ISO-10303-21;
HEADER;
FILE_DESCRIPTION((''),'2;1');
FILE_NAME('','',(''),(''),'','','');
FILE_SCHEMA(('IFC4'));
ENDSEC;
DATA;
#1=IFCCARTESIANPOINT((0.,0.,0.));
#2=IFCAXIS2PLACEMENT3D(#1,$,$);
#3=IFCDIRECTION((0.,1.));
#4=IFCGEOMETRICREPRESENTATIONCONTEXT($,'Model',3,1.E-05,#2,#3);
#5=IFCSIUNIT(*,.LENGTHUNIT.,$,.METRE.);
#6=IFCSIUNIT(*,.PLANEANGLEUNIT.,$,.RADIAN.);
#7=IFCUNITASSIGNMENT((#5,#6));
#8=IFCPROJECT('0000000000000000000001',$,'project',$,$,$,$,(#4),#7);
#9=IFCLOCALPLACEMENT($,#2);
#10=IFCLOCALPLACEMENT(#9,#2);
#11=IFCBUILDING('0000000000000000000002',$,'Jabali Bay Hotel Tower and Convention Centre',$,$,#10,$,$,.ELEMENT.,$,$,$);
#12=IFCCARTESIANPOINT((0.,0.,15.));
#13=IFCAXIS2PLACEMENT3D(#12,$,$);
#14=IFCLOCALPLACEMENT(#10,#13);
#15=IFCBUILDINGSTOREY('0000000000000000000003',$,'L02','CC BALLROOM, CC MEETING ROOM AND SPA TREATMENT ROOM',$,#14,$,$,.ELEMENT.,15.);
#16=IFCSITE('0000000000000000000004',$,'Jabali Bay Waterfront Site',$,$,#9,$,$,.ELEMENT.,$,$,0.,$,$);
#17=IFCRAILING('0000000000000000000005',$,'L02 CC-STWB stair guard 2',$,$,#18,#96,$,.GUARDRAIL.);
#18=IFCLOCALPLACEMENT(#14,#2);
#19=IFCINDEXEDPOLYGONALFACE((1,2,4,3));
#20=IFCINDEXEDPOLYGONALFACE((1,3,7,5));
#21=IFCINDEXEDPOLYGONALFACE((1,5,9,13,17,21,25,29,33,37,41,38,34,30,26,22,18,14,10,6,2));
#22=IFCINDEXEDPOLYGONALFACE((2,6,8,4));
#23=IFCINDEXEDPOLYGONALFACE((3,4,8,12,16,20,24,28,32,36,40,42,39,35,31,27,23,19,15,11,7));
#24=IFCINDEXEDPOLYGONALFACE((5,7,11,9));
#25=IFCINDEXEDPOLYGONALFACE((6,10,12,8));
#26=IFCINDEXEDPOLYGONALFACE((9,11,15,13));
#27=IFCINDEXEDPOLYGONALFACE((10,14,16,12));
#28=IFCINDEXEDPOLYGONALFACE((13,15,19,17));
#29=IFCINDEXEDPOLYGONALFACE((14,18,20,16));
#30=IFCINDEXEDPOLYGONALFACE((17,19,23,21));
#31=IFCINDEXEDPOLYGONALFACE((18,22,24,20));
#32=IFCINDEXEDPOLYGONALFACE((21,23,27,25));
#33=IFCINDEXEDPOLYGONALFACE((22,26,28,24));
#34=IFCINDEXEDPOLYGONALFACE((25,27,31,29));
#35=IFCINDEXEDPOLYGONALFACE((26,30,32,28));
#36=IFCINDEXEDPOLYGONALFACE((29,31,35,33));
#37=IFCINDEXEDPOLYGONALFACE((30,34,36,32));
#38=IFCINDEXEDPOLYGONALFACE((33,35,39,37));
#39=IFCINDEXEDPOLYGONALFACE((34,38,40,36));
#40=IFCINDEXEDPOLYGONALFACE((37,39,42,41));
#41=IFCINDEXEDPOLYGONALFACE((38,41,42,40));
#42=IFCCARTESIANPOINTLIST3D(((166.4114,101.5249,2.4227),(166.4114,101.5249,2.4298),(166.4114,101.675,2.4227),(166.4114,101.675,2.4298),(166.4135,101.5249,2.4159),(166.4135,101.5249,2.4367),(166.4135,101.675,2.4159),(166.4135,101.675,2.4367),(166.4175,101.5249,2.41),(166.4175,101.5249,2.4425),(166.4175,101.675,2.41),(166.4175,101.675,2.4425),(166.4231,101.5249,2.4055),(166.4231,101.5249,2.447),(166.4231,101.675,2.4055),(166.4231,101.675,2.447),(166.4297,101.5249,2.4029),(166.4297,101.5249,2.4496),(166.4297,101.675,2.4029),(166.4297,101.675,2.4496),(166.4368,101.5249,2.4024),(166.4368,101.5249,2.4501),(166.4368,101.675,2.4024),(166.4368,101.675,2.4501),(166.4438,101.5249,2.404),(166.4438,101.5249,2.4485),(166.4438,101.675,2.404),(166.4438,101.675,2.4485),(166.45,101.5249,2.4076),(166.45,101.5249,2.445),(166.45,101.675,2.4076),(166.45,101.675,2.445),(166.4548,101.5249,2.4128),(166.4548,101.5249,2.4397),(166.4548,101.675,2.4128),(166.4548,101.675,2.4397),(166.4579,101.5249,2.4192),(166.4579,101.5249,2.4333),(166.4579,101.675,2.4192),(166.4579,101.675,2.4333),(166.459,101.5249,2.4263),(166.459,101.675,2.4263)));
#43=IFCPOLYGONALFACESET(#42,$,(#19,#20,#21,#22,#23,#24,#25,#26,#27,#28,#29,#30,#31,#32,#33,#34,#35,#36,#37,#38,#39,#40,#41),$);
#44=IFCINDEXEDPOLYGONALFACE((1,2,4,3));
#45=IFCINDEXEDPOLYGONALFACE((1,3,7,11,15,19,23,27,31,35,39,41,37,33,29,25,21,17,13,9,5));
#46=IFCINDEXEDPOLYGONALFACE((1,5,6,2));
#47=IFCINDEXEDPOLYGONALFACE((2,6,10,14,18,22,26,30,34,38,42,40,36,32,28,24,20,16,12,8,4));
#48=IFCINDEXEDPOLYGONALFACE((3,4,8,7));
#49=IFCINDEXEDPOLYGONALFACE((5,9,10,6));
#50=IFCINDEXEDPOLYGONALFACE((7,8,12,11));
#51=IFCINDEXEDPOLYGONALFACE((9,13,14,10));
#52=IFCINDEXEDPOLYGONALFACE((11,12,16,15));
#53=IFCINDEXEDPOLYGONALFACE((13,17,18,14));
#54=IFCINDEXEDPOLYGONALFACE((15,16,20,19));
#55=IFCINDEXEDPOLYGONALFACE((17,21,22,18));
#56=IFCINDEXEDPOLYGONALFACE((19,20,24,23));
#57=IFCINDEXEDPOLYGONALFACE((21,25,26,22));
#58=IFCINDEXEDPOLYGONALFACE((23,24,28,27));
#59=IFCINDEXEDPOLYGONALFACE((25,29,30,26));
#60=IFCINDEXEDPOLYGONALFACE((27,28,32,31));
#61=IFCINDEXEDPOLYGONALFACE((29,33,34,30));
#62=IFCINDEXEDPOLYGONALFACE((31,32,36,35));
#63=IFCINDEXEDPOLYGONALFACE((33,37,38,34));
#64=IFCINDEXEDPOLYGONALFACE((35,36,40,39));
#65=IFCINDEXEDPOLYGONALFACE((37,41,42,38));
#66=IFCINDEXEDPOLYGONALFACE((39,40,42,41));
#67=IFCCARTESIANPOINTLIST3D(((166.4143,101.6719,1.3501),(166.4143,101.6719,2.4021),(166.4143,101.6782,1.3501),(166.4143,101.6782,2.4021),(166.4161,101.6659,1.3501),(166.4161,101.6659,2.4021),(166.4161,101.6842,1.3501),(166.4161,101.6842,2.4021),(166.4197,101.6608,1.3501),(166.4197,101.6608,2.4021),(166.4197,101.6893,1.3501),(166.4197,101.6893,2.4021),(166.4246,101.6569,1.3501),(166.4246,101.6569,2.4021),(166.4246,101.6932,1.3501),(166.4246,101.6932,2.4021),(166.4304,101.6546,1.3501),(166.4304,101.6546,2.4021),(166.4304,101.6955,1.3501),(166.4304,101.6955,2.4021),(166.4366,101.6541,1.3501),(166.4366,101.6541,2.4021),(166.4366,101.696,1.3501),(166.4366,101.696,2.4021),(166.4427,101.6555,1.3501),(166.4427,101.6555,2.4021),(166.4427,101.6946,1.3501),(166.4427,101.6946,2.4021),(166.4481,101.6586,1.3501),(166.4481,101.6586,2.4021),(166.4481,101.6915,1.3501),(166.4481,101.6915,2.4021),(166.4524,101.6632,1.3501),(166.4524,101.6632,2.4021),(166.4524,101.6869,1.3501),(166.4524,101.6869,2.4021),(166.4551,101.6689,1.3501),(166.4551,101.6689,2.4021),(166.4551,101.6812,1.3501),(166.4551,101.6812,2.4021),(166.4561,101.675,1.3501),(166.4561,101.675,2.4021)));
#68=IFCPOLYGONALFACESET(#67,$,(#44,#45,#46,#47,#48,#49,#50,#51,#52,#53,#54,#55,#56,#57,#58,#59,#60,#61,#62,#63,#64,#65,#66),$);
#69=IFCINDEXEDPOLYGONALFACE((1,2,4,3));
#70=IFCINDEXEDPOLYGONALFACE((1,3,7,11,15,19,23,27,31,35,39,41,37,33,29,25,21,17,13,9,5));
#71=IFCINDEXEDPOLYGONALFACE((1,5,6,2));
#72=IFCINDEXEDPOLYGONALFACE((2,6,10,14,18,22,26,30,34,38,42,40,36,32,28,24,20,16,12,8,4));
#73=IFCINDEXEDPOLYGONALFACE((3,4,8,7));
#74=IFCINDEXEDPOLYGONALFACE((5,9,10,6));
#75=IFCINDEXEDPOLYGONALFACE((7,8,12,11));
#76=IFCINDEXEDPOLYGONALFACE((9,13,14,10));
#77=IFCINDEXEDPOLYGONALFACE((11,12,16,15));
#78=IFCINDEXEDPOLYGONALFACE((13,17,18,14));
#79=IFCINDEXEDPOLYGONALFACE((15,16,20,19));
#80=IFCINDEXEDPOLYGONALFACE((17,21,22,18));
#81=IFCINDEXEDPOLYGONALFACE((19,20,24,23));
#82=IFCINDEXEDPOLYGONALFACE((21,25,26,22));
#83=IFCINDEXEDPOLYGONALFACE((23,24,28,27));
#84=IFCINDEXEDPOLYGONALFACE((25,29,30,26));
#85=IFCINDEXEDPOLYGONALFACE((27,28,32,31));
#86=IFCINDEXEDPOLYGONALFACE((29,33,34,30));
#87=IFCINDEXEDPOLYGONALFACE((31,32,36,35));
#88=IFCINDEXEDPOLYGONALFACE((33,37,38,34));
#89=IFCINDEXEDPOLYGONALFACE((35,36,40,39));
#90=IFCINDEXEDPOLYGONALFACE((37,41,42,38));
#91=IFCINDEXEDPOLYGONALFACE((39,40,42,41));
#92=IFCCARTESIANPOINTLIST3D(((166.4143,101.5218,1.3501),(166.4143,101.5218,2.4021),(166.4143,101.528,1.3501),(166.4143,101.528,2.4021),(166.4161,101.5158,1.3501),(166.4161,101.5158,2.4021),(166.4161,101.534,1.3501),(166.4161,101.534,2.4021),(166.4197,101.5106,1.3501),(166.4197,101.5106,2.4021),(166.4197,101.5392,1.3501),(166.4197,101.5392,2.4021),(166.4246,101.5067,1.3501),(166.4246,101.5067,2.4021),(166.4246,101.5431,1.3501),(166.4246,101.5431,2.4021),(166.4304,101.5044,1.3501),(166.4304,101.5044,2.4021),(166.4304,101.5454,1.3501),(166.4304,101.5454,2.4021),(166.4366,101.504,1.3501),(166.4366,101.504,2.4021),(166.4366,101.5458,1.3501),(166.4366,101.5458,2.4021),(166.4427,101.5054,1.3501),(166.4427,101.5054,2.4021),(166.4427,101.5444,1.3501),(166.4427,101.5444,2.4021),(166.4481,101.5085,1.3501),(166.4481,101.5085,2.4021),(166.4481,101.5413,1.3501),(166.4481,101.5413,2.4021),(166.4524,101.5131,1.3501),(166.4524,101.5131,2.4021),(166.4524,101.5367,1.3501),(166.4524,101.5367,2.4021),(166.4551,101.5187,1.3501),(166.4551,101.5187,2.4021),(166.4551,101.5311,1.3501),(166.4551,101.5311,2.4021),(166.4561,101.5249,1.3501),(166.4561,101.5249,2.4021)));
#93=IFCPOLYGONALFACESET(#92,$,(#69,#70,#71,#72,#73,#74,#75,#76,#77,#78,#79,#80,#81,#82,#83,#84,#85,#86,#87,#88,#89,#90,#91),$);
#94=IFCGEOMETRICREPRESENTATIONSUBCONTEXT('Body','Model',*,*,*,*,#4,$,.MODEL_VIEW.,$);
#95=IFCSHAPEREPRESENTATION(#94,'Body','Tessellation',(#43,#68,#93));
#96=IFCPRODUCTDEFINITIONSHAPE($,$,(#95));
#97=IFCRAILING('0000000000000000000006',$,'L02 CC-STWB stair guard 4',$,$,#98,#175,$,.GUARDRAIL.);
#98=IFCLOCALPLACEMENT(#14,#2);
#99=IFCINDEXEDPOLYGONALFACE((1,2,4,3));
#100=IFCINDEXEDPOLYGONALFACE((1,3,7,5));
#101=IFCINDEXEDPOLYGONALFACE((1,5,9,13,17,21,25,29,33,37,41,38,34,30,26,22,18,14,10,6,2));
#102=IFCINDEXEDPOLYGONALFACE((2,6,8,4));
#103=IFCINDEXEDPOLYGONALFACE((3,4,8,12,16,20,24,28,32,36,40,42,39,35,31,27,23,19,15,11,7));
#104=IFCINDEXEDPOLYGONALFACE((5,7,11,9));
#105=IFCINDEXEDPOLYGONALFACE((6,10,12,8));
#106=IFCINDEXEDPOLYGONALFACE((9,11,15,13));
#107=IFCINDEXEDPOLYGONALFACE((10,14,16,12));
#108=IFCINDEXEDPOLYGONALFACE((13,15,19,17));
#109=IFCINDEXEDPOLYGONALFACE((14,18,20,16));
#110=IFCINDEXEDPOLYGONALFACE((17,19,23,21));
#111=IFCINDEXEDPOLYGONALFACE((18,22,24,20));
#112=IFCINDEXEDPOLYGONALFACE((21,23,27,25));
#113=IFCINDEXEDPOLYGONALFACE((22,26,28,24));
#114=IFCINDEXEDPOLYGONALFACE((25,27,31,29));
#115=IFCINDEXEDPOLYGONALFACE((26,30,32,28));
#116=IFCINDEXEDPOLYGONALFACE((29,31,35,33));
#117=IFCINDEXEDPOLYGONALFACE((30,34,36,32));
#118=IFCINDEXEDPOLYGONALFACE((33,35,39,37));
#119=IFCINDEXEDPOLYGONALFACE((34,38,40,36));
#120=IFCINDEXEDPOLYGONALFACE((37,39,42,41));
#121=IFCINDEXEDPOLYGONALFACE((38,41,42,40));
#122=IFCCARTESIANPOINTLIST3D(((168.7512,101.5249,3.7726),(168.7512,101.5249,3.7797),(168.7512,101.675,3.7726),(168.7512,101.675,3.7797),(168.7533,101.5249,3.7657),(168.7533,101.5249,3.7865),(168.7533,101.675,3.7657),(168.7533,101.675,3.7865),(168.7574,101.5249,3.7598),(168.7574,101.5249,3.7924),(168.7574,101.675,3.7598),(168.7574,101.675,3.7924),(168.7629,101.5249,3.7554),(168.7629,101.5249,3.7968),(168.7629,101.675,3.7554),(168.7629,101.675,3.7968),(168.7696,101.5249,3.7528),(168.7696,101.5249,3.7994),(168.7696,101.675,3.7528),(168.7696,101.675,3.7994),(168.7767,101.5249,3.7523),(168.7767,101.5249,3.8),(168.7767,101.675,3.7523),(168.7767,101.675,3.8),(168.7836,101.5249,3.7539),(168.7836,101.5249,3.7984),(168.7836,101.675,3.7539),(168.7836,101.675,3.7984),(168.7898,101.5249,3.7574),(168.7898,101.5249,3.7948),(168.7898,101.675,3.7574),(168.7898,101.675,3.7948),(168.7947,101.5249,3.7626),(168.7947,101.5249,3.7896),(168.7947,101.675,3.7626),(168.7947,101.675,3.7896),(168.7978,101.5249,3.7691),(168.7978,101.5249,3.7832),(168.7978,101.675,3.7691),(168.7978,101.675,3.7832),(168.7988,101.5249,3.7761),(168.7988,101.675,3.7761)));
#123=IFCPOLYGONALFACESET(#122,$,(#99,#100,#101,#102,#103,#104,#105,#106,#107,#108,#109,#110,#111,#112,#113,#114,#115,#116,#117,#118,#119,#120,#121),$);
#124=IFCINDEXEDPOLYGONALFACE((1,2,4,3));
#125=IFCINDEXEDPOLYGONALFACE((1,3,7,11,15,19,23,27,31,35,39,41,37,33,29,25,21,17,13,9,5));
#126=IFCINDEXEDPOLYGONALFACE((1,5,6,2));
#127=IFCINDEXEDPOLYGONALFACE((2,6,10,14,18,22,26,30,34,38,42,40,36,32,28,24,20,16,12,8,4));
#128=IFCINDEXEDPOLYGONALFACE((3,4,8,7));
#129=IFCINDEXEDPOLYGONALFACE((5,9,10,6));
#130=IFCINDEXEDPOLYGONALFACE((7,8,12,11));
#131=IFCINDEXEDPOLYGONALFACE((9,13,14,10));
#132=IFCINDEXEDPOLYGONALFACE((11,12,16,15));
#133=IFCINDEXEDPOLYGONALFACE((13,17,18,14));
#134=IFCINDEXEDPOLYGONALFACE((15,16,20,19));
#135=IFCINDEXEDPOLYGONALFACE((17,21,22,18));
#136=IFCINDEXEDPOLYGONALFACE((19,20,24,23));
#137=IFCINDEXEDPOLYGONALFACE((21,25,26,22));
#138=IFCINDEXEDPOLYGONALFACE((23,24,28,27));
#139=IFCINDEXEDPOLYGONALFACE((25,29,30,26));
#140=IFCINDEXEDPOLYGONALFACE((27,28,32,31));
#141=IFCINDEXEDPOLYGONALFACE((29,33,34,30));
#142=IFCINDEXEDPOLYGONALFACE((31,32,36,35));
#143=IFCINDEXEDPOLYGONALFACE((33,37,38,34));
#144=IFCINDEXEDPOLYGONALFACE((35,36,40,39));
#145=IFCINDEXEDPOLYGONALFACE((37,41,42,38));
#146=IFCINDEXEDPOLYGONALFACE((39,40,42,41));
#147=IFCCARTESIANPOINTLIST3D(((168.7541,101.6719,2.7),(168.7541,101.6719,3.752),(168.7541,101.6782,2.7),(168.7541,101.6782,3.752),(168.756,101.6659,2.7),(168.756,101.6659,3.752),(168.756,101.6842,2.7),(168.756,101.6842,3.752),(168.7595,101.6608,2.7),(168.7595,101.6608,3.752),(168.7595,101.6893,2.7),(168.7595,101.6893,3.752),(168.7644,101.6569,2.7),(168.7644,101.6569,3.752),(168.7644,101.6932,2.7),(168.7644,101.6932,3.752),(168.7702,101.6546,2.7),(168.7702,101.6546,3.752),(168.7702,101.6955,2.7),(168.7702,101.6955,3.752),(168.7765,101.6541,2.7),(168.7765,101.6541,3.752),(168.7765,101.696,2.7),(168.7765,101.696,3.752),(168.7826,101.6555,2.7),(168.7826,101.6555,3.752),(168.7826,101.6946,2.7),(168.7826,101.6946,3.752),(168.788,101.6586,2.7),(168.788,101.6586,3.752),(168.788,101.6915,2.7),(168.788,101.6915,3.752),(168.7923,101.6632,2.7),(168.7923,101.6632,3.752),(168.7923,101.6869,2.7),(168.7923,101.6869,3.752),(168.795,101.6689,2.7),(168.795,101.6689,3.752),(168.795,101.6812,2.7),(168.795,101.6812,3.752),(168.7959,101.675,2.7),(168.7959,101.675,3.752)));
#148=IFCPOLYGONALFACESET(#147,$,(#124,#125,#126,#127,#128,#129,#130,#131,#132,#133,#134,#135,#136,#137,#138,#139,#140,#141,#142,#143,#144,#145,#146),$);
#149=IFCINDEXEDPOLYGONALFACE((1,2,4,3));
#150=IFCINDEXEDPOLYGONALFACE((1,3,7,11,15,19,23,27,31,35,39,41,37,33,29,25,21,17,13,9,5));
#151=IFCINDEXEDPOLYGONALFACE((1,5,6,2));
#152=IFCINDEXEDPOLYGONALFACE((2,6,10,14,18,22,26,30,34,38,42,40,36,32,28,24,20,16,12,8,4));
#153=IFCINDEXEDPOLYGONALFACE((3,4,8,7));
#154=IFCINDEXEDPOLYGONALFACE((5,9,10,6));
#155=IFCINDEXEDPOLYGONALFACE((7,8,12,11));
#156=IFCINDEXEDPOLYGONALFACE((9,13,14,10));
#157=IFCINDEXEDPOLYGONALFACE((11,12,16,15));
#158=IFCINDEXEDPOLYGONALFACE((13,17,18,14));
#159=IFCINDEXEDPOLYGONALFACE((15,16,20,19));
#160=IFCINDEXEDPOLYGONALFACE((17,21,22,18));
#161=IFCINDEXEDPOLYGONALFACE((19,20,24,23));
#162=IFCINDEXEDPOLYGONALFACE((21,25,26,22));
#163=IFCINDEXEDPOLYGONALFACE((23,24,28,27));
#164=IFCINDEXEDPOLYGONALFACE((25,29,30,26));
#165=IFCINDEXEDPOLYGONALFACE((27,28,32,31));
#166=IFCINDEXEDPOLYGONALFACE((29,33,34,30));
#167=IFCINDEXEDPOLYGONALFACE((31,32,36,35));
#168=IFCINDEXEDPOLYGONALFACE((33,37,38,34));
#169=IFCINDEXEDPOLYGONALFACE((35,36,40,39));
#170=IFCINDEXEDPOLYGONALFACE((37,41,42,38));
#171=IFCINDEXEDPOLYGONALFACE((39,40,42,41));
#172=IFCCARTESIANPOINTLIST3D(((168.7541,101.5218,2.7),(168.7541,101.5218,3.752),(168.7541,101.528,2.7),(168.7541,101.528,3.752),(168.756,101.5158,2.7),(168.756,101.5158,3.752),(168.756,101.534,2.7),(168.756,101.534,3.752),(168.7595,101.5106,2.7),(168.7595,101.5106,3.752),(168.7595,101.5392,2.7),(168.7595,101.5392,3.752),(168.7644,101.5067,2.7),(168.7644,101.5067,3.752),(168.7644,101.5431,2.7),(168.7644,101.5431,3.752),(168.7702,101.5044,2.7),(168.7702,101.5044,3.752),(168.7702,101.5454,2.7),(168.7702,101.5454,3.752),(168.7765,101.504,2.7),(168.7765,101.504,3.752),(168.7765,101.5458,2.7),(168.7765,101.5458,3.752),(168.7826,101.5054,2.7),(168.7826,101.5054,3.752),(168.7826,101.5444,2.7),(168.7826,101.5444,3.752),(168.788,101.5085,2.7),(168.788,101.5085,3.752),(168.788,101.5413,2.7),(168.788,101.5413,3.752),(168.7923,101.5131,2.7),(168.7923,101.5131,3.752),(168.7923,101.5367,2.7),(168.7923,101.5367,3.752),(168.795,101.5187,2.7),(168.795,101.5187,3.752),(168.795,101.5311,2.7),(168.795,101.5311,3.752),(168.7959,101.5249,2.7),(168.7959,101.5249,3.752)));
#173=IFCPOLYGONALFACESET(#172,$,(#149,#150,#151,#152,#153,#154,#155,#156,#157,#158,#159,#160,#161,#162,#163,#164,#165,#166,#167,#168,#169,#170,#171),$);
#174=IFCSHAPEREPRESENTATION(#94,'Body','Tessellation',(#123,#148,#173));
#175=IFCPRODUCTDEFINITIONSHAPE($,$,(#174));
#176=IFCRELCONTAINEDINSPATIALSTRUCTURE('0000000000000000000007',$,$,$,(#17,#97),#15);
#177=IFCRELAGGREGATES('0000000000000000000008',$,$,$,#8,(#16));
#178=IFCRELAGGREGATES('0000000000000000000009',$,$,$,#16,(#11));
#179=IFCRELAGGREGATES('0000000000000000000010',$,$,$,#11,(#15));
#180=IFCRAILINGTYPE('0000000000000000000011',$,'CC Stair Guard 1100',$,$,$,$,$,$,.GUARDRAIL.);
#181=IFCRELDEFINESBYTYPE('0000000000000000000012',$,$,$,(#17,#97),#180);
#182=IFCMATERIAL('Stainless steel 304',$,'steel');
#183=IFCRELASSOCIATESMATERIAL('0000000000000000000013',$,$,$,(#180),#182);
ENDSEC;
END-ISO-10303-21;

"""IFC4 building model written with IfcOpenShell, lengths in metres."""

from ifc_helpers import new_model, si_unit, direction, frame, origin, origin_2d, place, context, subcontext, project, spatial, circle, extrude, material, type_object, element, save


model = new_model("IFC4")

# Units and contexts
model_context = context("Model", 3, precision=1e-05, world=origin(), true_north=direction((0.0, 1.0)))
body_context = subcontext(model_context, "Body", "Model", "MODEL_VIEW")
ifc_project = project(units=[si_unit("LENGTHUNIT", "METRE"), si_unit("PLANEANGLEUNIT", "RADIAN")], contexts=[model_context])

# Site, building, storey
site_placement = place(None, origin())
site = spatial("IfcSite", under=ifc_project, at=site_placement, Name="Jabali Bay Waterfront Site", CompositionType="ELEMENT", RefElevation=0.0)
building_placement = place(site_placement, origin())
building = spatial("IfcBuilding", under=site, at=building_placement, Name="Jabali Bay Hotel Tower and Convention Centre", CompositionType="ELEMENT")
storey_placement = place(building_placement, frame((0.0, 0.0, 15.0)))
storey = spatial("IfcBuildingStorey", under=building, at=storey_placement, Name="L02", Description="CC BALLROOM, CC MEETING ROOM AND SPA TREATMENT ROOM", CompositionType="ELEMENT", Elevation=15.0)

# Railings
ifc_material_1 = material(Name="Stainless steel 304", Category="steel")
railing_type_1 = type_object("IfcRailingType", Name="CC Stair Guard 1100", PredefinedType="GUARDRAIL", material=ifc_material_1)
for number, where, name in (
    (1, (166.4351, 101.675, 1.3501), "L02 CC-STWB stair guard 2"),
    (2, (168.7749, 101.675, 2.7), "L02 CC-STWB stair guard 4"),
):
    element("IfcRailing", number, at=place(storey_placement, frame(where)), inside=storey, type_object=railing_type_1, Name=name, PredefinedType="GUARDRAIL", context=body_context, shape_type="SweptSolid", body=[
        extrude(circle(Radius=0.0239, at=origin_2d()), frame((0.0, 0.0, 1.0762), z_axis=(0.0, -1.0, 0.0), x_axis=(1.0, 0.0, 0.0)), (0.0, 0.0, 1.0), 0.1501),
        extrude(circle(Radius=0.021, at=origin_2d()), origin(), (0.0, 0.0, 1.0), 1.052),
        extrude(circle(Radius=0.021, at=origin_2d()), frame((0.0, -0.1501, 0.0)), (0.0, 0.0, 1.0), 1.052),
    ])

save(model, "model.ifc")
